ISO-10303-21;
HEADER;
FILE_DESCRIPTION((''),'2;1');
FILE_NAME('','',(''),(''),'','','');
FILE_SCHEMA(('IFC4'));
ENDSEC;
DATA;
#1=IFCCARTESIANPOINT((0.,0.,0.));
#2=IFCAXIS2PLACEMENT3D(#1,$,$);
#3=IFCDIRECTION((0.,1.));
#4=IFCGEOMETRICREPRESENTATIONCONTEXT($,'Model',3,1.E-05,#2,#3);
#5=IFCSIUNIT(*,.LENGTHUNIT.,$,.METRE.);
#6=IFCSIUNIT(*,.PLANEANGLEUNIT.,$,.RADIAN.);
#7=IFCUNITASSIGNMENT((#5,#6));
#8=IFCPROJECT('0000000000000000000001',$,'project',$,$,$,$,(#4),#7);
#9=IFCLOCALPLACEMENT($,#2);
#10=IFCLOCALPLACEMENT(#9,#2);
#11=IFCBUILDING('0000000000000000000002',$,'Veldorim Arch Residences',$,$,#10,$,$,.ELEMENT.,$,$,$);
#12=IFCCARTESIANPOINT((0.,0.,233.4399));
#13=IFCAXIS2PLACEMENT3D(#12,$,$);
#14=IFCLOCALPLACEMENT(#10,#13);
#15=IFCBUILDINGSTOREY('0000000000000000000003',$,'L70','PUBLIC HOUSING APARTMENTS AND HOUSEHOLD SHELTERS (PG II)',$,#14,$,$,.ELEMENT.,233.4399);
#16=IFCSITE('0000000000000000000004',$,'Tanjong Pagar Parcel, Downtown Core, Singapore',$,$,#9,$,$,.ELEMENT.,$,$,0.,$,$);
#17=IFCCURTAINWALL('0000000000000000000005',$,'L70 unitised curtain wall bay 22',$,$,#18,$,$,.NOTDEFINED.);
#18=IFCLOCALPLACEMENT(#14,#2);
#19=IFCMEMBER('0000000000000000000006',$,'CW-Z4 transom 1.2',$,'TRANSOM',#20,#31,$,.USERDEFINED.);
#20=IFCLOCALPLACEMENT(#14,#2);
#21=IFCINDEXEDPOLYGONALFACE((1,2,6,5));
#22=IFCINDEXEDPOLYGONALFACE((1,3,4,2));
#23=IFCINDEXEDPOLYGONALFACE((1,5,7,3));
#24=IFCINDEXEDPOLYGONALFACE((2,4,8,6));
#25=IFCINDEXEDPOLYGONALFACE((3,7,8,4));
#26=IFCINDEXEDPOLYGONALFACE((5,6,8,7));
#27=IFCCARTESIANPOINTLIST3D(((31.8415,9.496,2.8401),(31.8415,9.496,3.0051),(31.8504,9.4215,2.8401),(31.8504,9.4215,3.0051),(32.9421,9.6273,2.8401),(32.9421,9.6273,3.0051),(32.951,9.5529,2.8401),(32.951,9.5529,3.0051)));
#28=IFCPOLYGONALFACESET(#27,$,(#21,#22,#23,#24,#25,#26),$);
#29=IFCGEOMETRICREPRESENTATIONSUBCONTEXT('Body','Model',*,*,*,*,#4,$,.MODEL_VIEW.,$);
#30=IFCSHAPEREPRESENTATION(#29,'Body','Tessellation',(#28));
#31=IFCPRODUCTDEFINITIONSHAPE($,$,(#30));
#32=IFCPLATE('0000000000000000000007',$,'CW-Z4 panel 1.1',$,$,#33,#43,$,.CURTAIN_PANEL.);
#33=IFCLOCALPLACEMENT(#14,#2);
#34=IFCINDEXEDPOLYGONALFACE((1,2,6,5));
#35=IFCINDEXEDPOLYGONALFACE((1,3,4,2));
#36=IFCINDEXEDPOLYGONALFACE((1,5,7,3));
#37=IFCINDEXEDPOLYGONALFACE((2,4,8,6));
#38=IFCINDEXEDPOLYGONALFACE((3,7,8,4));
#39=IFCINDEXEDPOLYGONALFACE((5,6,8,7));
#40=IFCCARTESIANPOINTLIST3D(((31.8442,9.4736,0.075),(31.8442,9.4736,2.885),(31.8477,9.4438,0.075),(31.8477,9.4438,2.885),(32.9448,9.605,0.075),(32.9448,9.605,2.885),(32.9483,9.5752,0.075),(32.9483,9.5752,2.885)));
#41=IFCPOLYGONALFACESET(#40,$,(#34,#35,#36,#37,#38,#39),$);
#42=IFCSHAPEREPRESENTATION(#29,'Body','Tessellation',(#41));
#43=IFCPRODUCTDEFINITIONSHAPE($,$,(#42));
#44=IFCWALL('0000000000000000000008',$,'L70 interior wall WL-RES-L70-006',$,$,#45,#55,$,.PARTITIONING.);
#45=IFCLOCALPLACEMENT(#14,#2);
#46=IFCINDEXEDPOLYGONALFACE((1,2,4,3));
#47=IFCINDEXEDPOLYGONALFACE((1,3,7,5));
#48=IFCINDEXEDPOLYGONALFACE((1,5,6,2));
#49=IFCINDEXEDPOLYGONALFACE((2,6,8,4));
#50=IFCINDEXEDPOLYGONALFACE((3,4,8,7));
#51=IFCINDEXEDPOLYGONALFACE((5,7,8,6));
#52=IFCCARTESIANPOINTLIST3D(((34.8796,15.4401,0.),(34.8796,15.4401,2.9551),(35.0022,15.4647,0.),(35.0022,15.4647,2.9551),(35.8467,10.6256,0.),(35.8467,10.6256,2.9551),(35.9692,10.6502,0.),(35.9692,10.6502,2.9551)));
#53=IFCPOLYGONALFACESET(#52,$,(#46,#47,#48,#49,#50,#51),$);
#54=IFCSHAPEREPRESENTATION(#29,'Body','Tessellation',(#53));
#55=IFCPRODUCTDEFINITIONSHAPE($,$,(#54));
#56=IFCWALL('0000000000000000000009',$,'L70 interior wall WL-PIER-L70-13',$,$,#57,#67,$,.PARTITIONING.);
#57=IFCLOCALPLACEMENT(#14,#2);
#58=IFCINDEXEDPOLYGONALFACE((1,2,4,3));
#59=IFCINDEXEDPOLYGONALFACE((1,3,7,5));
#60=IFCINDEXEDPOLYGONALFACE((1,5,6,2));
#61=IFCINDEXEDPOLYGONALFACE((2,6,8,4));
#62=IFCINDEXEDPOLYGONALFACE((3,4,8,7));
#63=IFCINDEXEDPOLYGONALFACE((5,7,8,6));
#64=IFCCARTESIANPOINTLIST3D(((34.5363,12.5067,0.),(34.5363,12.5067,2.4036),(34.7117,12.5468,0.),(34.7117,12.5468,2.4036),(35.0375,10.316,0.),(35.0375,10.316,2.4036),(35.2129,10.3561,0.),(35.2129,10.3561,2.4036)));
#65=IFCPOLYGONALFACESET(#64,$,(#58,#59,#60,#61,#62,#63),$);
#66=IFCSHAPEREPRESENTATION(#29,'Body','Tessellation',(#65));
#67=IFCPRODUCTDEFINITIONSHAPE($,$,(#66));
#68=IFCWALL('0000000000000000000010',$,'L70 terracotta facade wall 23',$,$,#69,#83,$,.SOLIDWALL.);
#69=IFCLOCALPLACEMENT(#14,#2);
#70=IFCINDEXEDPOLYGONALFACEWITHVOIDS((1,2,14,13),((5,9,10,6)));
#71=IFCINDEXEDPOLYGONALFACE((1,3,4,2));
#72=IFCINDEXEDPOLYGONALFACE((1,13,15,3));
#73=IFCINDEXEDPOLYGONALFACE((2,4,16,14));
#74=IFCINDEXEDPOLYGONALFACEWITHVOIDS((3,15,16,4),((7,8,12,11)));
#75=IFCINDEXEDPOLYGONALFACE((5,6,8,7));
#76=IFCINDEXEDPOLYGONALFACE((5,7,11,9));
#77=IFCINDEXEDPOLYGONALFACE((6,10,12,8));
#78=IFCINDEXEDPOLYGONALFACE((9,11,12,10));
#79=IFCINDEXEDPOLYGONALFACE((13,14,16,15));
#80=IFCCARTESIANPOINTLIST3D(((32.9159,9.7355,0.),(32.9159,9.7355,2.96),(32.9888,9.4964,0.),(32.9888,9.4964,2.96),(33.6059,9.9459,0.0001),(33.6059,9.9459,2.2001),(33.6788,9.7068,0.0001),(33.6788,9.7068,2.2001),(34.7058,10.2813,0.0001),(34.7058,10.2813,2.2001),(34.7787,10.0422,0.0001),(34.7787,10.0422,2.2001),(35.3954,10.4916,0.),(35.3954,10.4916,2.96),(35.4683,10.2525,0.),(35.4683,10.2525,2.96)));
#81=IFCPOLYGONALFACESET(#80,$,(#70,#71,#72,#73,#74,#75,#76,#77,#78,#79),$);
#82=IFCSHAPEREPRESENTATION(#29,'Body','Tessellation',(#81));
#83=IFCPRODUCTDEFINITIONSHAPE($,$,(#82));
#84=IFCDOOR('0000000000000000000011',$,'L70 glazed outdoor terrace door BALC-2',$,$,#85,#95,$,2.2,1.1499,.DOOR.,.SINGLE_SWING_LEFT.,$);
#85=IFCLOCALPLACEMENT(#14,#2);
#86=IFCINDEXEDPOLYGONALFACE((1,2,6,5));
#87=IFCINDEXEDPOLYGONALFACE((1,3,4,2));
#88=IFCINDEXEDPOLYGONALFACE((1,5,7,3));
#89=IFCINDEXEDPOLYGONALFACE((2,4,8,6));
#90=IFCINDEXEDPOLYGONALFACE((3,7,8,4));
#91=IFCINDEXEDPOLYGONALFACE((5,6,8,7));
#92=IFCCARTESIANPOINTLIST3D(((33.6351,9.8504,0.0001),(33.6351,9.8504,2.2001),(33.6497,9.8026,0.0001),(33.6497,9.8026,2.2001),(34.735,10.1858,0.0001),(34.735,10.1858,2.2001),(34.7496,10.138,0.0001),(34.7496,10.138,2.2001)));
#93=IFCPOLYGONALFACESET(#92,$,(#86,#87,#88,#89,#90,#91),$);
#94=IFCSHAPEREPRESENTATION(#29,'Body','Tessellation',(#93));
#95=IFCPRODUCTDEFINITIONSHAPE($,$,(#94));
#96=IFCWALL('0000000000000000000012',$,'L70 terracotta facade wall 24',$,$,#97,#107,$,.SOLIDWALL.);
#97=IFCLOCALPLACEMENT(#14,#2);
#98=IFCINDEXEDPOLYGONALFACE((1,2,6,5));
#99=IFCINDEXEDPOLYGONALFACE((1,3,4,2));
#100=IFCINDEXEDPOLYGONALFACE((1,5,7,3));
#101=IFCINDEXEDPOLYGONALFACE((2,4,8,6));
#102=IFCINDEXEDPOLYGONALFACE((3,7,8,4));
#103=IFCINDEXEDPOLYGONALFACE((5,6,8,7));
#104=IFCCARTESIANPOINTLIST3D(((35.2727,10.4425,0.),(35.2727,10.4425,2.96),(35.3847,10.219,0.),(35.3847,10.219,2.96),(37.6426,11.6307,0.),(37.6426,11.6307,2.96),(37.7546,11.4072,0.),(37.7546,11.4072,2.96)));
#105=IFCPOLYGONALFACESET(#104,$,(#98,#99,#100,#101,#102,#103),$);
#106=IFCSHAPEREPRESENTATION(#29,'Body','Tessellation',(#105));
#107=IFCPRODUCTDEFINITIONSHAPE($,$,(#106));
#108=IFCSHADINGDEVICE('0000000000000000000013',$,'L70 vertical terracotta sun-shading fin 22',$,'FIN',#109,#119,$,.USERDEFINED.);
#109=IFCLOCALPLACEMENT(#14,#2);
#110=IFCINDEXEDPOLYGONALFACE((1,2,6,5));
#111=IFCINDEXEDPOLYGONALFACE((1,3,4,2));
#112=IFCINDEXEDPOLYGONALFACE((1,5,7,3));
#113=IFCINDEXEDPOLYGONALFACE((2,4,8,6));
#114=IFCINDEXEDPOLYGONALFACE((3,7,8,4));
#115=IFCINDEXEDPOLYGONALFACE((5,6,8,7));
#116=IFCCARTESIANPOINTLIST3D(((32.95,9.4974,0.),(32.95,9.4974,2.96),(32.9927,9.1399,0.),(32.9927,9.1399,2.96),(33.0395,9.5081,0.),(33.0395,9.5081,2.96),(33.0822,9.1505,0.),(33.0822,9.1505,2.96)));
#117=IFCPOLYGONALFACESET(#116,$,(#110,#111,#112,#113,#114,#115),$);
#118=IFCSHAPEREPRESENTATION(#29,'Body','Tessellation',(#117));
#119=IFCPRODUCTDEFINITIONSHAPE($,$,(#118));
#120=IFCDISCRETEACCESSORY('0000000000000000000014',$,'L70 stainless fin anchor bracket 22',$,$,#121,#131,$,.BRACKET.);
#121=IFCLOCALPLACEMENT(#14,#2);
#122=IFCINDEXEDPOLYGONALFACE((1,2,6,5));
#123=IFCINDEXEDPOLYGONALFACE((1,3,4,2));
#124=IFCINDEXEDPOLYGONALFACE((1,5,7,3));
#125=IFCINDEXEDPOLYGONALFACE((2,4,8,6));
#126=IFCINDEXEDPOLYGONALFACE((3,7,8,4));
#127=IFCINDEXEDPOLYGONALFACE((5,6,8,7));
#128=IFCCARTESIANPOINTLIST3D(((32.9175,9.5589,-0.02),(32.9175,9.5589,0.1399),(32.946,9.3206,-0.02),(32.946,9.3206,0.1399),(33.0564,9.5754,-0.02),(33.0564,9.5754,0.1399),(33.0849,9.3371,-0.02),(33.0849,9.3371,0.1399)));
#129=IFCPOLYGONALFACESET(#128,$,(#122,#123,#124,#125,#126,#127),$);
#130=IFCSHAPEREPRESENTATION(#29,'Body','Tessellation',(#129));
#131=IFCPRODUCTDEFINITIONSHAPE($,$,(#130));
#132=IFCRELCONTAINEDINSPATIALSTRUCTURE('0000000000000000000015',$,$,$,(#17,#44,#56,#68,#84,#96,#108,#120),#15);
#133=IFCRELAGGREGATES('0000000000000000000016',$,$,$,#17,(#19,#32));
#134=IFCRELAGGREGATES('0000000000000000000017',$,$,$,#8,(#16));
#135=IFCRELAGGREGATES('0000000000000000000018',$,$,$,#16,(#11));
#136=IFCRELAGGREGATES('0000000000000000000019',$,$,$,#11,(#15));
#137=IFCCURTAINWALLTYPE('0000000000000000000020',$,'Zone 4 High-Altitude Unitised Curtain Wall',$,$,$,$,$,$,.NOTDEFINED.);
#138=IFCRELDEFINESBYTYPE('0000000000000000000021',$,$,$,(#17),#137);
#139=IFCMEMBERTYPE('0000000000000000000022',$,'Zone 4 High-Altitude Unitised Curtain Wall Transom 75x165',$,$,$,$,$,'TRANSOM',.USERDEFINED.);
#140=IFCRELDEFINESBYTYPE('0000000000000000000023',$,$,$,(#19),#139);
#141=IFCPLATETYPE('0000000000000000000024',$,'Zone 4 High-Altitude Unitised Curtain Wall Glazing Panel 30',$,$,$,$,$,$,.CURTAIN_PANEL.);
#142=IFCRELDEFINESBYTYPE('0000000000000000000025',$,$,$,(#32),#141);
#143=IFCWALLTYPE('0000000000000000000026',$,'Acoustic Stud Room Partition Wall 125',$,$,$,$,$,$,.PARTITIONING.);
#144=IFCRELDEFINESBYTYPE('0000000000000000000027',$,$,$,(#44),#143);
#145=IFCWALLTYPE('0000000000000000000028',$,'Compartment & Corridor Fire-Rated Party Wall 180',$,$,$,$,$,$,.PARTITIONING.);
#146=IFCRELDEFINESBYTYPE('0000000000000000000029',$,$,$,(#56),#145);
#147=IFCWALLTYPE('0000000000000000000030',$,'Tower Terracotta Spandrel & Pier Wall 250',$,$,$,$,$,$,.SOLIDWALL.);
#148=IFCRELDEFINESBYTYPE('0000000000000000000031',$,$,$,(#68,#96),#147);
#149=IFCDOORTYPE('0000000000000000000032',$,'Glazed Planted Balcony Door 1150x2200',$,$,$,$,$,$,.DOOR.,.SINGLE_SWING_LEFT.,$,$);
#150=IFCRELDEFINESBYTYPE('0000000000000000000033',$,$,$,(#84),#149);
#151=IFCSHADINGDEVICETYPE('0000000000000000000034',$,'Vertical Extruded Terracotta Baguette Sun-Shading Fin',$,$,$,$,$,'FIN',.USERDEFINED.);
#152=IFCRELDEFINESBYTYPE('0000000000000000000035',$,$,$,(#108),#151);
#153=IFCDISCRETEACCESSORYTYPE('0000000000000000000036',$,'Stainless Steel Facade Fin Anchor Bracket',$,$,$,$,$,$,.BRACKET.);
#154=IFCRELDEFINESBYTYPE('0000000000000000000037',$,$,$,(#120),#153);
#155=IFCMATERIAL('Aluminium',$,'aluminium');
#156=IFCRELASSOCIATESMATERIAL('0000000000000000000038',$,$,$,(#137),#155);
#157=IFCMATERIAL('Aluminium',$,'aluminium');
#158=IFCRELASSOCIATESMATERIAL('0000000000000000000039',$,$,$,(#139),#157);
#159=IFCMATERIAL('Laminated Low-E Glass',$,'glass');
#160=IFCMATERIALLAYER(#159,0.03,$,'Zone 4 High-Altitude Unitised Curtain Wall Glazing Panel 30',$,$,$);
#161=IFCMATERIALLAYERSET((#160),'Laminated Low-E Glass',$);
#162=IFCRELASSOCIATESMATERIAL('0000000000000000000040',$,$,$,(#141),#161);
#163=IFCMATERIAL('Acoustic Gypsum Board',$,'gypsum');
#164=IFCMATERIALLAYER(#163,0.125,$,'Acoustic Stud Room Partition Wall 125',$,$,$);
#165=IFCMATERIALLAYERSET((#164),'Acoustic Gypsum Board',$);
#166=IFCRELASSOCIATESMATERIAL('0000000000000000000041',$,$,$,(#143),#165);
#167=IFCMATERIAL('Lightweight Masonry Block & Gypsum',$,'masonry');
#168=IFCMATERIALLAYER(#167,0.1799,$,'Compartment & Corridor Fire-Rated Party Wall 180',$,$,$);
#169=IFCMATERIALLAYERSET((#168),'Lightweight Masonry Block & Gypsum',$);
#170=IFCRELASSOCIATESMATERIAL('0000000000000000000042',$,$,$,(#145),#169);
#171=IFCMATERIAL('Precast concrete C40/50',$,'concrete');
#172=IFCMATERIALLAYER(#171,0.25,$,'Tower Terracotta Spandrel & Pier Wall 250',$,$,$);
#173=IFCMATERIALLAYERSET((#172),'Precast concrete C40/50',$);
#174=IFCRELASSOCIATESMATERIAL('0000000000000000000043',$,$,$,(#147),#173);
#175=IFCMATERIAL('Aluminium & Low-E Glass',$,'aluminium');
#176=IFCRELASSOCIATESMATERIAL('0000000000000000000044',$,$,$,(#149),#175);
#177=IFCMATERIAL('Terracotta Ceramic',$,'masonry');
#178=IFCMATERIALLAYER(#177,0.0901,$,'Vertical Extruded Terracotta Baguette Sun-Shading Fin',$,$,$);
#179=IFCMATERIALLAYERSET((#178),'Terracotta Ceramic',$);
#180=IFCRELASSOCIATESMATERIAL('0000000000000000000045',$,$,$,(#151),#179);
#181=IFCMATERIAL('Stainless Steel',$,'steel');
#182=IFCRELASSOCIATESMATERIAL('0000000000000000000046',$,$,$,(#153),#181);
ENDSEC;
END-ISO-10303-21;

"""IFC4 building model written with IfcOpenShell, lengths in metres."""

from ifc_helpers import new_model, si_unit, direction, frame, frame_2d, origin, origin_2d, place, context, subcontext, project, spatial, rectangle, extrude, material, layer, layer_set, material_profile, profile_set, type_object, element, fill, aggregate, save


model = new_model("IFC4")

# Units and contexts
model_context = context("Model", 3, precision=1e-05, world=origin(), true_north=direction((0.0, 1.0)))
body_context = subcontext(model_context, "Body", "Model", "MODEL_VIEW")
ifc_project = project(units=[si_unit("LENGTHUNIT", "METRE"), si_unit("PLANEANGLEUNIT", "RADIAN")], contexts=[model_context])

# Site, building, storey
site_placement = place(None, origin())
site = spatial("IfcSite", under=ifc_project, at=site_placement, Name="Tanjong Pagar Parcel, Downtown Core, Singapore", CompositionType="ELEMENT", RefElevation=0.0)
building_placement = place(site_placement, origin())
building = spatial("IfcBuilding", under=site, at=building_placement, Name="Veldorim Arch Residences", CompositionType="ELEMENT")
storey_placement = place(building_placement, frame((0.0, 0.0, 233.4399)))
storey = spatial("IfcBuildingStorey", under=building, at=storey_placement, Name="L70", Description="PUBLIC HOUSING APARTMENTS AND HOUSEHOLD SHELTERS (PG II)", CompositionType="ELEMENT", Elevation=233.4399)

# Curtain wall
ifc_material_1 = material(Name="Aluminium", Category="aluminium")
curtain_wall_type = type_object("IfcCurtainWallType", Name="Zone 4 High-Altitude Unitised Curtain Wall", PredefinedType="NOTDEFINED", material=ifc_material_1)
curtain_wall_1_placement = place(storey_placement, origin())
curtain_wall_1 = element("IfcCurtainWall", 1, at=curtain_wall_1_placement, inside=storey, type_object=curtain_wall_type, Name="L70 unitised curtain wall bay 22", PredefinedType="NOTDEFINED")

# Member
ifc_material_2 = material(Name="Aluminium", Category="aluminium")
ifc_material_profile_1 = material_profile(ifc_material_2, rectangle(XDim=0.075, YDim=0.165, at=origin_2d()), Name="ALU_TRN_75x165")
ifc_profile_set_1 = profile_set([ifc_material_profile_1], Name="Aluminium")
member_type_1 = type_object("IfcMemberType", Name="Zone 4 High-Altitude Unitised Curtain Wall Transom 75x165", ElementType="TRANSOM", PredefinedType="USERDEFINED", material=ifc_profile_set_1)
member_1_placement = place(storey_placement, frame((32.9465, 9.5901, 2.9226), z_axis=(-0.992954, -0.118502, 0.0), x_axis=(0.118502, -0.992954, 0.0)))
member_1 = element("IfcMember", 2, at=member_1_placement, type_object=member_type_1, Name="CW-Z4 transom 1.2", ObjectType="TRANSOM", PredefinedType="USERDEFINED", context=body_context, shape_type="SweptSolid", body=[
    extrude(rectangle(XDim=0.075, YDim=0.165, at=origin_2d()), origin(), (0.0, 0.0, 1.0), 1.1084),
])

# Plate
ifc_material_3 = material(Name="Laminated Low-E Glass", Category="glass")
ifc_layer_1 = layer(ifc_material_3, 0.03, Name="Zone 4 High-Altitude Unitised Curtain Wall Glazing Panel 30")
ifc_layer_set_1 = layer_set([ifc_layer_1], Name="Laminated Low-E Glass")
plate_type = type_object("IfcPlateType", Name="Zone 4 High-Altitude Unitised Curtain Wall Glazing Panel 30", PredefinedType="CURTAIN_PANEL", material=ifc_layer_set_1)
plate_placement = place(storey_placement, frame((32.3962, 9.5244, 0.075), z_axis=(0.0, 0.0, 1.0), x_axis=(-0.992953, -0.118509, 0.0)))
plate = element("IfcPlate", 3, at=plate_placement, type_object=plate_type, Name="CW-Z4 panel 1.1", PredefinedType="CURTAIN_PANEL", context=body_context, shape_type="SweptSolid", body=[
    extrude(rectangle(XDim=1.1084, YDim=0.03, at=origin_2d()), origin(), (0.0, 0.0, 1.0), 2.8101),
])
aggregate(curtain_wall_1, [member_1, plate])

# Walls
ifc_material_4 = material(Name="Acoustic Gypsum Board", Category="gypsum")
ifc_layer_2 = layer(ifc_material_4, 0.125, Name="Acoustic Stud Room Partition Wall 125")
ifc_layer_set_2 = layer_set([ifc_layer_2], Name="Acoustic Gypsum Board")
wall_type_1 = type_object("IfcWallType", Name="Acoustic Stud Room Partition Wall 125", PredefinedType="PARTITIONING", material=ifc_layer_set_2)
wall_1_placement = place(storey_placement, frame((35.908, 10.6379, 0.0), z_axis=(0.0, 0.0, 1.0), x_axis=(-0.196929, 0.980418, 0.0)))
element("IfcWall", 4, at=wall_1_placement, inside=storey, type_object=wall_type_1, Name="L70 interior wall WL-RES-L70-006", PredefinedType="PARTITIONING", context=body_context, shape_type="SweptSolid", body=[
    extrude(rectangle(XDim=4.9106, YDim=0.125, at=frame_2d((2.4553, 0.0))), origin(), (0.0, 0.0, 1.0), 2.9551),
])
ifc_material_5 = material(Name="Lightweight Masonry Block & Gypsum", Category="masonry")
ifc_layer_3 = layer(ifc_material_5, 0.1799, Name="Compartment & Corridor Fire-Rated Party Wall 180")
ifc_layer_set_3 = layer_set([ifc_layer_3], Name="Lightweight Masonry Block & Gypsum")
wall_type_2 = type_object("IfcWallType", Name="Compartment & Corridor Fire-Rated Party Wall 180", PredefinedType="PARTITIONING", material=ifc_layer_set_3)
wall_2_placement = place(storey_placement, frame((34.624, 12.5266, 0.0), z_axis=(0.0, 0.0, 1.0), x_axis=(0.223034, -0.974811, 0.0)))
element("IfcWall", 5, at=wall_2_placement, inside=storey, type_object=wall_type_2, Name="L70 interior wall WL-PIER-L70-13", PredefinedType="PARTITIONING", context=body_context, shape_type="SweptSolid", body=[
    extrude(rectangle(XDim=2.2473, YDim=0.1799, at=frame_2d((1.1235, 0.0))), origin(), (0.0, 0.0, 1.0), 2.4036),
])

# Wall, opening, door
ifc_material_6 = material(Name="Precast concrete C40/50", Category="concrete")
ifc_layer_4 = layer(ifc_material_6, 0.25, Name="Tower Terracotta Spandrel & Pier Wall 250")
ifc_layer_set_4 = layer_set([ifc_layer_4], Name="Precast concrete C40/50")
wall_type_3 = type_object("IfcWallType", Name="Tower Terracotta Spandrel & Pier Wall 250", PredefinedType="SOLIDWALL", material=ifc_layer_set_4)
wall_3_placement = place(storey_placement, frame((35.4319, 10.3721, 0.0), z_axis=(0.0, 0.0, 1.0), x_axis=(-0.956515, -0.291683, 0.0)))
wall_3 = element("IfcWall", 6, at=wall_3_placement, inside=storey, type_object=wall_type_3, Name="L70 terracotta facade wall 23", PredefinedType="SOLIDWALL", context=body_context, shape_type="SweptSolid", body=[
    extrude(rectangle(XDim=2.5923, YDim=0.25, at=frame_2d((1.2961, 0.0))), origin(), (0.0, 0.0, 1.0), 2.96),
])
opening_placement = place(wall_3_placement, frame((0.7209, 0.0, 0.0)))
opening = element("IfcOpeningElement", 7, at=opening_placement, cuts=wall_3, PredefinedType="OPENING", context=body_context, shape_type="SweptSolid", body=[
    extrude(rectangle(XDim=1.1499, YDim=2.2, at=frame_2d((0.575, 1.1001))), frame((0.0, 0.135, 0.0), z_axis=(0.0, -1.0, 0.0), x_axis=(1.0, 0.0, 0.0)), (0.0, 0.0, 1.0), 0.27),
])
ifc_material_7 = material(Name="Aluminium & Low-E Glass", Category="aluminium")
door_type = type_object("IfcDoorType", Name="Glazed Planted Balcony Door 1150x2200", OperationType="SINGLE_SWING_LEFT", PredefinedType="DOOR", material=ifc_material_7)
door_placement = place(opening_placement, origin())
door = element("IfcDoor", 8, at=door_placement, inside=storey, type_object=door_type, Name="L70 glazed outdoor terrace door BALC-2", OperationType="SINGLE_SWING_LEFT", OverallHeight=2.2, OverallWidth=1.1499, PredefinedType="DOOR", context=body_context, shape_type="SweptSolid", body=[
    extrude(rectangle(XDim=1.1499, YDim=2.2, at=frame_2d((0.575, 1.1001))), frame((0.0, 0.0249, 0.0), z_axis=(0.0, -1.0, 0.0), x_axis=(1.0, 0.0, 0.0)), (0.0, 0.0, 1.0), 0.05),
])
fill(opening, door)

# Wall
wall_4_placement = place(storey_placement, frame((37.6987, 11.519, 0.0), z_axis=(0.0, 0.0, 1.0), x_axis=(-0.893929, -0.448208, 0.0)))
element("IfcWall", 9, at=wall_4_placement, inside=storey, type_object=wall_type_3, Name="L70 terracotta facade wall 24", PredefinedType="SOLIDWALL", context=body_context, shape_type="SweptSolid", body=[
    extrude(rectangle(XDim=2.6511, YDim=0.25, at=frame_2d((1.3257, 0.0))), origin(), (0.0, 0.0, 1.0), 2.96),
])

# Shading device
ifc_material_8 = material(Name="Terracotta Ceramic", Category="masonry")
ifc_layer_5 = layer(ifc_material_8, 0.0901, Name="Vertical Extruded Terracotta Baguette Sun-Shading Fin")
ifc_layer_set_5 = layer_set([ifc_layer_5], Name="Terracotta Ceramic")
shading_device_type = type_object("IfcShadingDeviceType", Name="Vertical Extruded Terracotta Baguette Sun-Shading Fin", ElementType="FIN", PredefinedType="USERDEFINED", material=ifc_layer_set_5)
shading_device_placement = place(storey_placement, frame((33.0161, 9.324, 0.0), z_axis=(0.0, 0.0, 1.0), x_axis=(-0.992945, -0.118577, 0.0)))
element("IfcShadingDevice", 10, at=shading_device_placement, inside=storey, type_object=shading_device_type, Name="L70 vertical terracotta sun-shading fin 22", ObjectType="FIN", PredefinedType="USERDEFINED", context=body_context, shape_type="SweptSolid", body=[
    extrude(rectangle(XDim=0.0901, YDim=0.3601, at=origin_2d()), origin(), (0.0, 0.0, 1.0), 2.96),
])

# Discrete accessory
ifc_material_9 = material(Name="Stainless Steel", Category="steel")
discrete_accessory_type = type_object("IfcDiscreteAccessoryType", Name="Stainless Steel Facade Fin Anchor Bracket", PredefinedType="BRACKET", material=ifc_material_9)
discrete_accessory_placement = place(storey_placement, frame((33.0012, 9.448, -0.02), z_axis=(0.0, 0.0, 1.0), x_axis=(-0.992945, -0.118577, 0.0)))
element("IfcDiscreteAccessory", 11, at=discrete_accessory_placement, inside=storey, type_object=discrete_accessory_type, Name="L70 stainless fin anchor bracket 22", PredefinedType="BRACKET", context=body_context, shape_type="SweptSolid", body=[
    extrude(rectangle(XDim=0.1399, YDim=0.24, at=origin_2d()), origin(), (0.0, 0.0, 1.0), 0.1599),
])

save(model, "model.ifc")
